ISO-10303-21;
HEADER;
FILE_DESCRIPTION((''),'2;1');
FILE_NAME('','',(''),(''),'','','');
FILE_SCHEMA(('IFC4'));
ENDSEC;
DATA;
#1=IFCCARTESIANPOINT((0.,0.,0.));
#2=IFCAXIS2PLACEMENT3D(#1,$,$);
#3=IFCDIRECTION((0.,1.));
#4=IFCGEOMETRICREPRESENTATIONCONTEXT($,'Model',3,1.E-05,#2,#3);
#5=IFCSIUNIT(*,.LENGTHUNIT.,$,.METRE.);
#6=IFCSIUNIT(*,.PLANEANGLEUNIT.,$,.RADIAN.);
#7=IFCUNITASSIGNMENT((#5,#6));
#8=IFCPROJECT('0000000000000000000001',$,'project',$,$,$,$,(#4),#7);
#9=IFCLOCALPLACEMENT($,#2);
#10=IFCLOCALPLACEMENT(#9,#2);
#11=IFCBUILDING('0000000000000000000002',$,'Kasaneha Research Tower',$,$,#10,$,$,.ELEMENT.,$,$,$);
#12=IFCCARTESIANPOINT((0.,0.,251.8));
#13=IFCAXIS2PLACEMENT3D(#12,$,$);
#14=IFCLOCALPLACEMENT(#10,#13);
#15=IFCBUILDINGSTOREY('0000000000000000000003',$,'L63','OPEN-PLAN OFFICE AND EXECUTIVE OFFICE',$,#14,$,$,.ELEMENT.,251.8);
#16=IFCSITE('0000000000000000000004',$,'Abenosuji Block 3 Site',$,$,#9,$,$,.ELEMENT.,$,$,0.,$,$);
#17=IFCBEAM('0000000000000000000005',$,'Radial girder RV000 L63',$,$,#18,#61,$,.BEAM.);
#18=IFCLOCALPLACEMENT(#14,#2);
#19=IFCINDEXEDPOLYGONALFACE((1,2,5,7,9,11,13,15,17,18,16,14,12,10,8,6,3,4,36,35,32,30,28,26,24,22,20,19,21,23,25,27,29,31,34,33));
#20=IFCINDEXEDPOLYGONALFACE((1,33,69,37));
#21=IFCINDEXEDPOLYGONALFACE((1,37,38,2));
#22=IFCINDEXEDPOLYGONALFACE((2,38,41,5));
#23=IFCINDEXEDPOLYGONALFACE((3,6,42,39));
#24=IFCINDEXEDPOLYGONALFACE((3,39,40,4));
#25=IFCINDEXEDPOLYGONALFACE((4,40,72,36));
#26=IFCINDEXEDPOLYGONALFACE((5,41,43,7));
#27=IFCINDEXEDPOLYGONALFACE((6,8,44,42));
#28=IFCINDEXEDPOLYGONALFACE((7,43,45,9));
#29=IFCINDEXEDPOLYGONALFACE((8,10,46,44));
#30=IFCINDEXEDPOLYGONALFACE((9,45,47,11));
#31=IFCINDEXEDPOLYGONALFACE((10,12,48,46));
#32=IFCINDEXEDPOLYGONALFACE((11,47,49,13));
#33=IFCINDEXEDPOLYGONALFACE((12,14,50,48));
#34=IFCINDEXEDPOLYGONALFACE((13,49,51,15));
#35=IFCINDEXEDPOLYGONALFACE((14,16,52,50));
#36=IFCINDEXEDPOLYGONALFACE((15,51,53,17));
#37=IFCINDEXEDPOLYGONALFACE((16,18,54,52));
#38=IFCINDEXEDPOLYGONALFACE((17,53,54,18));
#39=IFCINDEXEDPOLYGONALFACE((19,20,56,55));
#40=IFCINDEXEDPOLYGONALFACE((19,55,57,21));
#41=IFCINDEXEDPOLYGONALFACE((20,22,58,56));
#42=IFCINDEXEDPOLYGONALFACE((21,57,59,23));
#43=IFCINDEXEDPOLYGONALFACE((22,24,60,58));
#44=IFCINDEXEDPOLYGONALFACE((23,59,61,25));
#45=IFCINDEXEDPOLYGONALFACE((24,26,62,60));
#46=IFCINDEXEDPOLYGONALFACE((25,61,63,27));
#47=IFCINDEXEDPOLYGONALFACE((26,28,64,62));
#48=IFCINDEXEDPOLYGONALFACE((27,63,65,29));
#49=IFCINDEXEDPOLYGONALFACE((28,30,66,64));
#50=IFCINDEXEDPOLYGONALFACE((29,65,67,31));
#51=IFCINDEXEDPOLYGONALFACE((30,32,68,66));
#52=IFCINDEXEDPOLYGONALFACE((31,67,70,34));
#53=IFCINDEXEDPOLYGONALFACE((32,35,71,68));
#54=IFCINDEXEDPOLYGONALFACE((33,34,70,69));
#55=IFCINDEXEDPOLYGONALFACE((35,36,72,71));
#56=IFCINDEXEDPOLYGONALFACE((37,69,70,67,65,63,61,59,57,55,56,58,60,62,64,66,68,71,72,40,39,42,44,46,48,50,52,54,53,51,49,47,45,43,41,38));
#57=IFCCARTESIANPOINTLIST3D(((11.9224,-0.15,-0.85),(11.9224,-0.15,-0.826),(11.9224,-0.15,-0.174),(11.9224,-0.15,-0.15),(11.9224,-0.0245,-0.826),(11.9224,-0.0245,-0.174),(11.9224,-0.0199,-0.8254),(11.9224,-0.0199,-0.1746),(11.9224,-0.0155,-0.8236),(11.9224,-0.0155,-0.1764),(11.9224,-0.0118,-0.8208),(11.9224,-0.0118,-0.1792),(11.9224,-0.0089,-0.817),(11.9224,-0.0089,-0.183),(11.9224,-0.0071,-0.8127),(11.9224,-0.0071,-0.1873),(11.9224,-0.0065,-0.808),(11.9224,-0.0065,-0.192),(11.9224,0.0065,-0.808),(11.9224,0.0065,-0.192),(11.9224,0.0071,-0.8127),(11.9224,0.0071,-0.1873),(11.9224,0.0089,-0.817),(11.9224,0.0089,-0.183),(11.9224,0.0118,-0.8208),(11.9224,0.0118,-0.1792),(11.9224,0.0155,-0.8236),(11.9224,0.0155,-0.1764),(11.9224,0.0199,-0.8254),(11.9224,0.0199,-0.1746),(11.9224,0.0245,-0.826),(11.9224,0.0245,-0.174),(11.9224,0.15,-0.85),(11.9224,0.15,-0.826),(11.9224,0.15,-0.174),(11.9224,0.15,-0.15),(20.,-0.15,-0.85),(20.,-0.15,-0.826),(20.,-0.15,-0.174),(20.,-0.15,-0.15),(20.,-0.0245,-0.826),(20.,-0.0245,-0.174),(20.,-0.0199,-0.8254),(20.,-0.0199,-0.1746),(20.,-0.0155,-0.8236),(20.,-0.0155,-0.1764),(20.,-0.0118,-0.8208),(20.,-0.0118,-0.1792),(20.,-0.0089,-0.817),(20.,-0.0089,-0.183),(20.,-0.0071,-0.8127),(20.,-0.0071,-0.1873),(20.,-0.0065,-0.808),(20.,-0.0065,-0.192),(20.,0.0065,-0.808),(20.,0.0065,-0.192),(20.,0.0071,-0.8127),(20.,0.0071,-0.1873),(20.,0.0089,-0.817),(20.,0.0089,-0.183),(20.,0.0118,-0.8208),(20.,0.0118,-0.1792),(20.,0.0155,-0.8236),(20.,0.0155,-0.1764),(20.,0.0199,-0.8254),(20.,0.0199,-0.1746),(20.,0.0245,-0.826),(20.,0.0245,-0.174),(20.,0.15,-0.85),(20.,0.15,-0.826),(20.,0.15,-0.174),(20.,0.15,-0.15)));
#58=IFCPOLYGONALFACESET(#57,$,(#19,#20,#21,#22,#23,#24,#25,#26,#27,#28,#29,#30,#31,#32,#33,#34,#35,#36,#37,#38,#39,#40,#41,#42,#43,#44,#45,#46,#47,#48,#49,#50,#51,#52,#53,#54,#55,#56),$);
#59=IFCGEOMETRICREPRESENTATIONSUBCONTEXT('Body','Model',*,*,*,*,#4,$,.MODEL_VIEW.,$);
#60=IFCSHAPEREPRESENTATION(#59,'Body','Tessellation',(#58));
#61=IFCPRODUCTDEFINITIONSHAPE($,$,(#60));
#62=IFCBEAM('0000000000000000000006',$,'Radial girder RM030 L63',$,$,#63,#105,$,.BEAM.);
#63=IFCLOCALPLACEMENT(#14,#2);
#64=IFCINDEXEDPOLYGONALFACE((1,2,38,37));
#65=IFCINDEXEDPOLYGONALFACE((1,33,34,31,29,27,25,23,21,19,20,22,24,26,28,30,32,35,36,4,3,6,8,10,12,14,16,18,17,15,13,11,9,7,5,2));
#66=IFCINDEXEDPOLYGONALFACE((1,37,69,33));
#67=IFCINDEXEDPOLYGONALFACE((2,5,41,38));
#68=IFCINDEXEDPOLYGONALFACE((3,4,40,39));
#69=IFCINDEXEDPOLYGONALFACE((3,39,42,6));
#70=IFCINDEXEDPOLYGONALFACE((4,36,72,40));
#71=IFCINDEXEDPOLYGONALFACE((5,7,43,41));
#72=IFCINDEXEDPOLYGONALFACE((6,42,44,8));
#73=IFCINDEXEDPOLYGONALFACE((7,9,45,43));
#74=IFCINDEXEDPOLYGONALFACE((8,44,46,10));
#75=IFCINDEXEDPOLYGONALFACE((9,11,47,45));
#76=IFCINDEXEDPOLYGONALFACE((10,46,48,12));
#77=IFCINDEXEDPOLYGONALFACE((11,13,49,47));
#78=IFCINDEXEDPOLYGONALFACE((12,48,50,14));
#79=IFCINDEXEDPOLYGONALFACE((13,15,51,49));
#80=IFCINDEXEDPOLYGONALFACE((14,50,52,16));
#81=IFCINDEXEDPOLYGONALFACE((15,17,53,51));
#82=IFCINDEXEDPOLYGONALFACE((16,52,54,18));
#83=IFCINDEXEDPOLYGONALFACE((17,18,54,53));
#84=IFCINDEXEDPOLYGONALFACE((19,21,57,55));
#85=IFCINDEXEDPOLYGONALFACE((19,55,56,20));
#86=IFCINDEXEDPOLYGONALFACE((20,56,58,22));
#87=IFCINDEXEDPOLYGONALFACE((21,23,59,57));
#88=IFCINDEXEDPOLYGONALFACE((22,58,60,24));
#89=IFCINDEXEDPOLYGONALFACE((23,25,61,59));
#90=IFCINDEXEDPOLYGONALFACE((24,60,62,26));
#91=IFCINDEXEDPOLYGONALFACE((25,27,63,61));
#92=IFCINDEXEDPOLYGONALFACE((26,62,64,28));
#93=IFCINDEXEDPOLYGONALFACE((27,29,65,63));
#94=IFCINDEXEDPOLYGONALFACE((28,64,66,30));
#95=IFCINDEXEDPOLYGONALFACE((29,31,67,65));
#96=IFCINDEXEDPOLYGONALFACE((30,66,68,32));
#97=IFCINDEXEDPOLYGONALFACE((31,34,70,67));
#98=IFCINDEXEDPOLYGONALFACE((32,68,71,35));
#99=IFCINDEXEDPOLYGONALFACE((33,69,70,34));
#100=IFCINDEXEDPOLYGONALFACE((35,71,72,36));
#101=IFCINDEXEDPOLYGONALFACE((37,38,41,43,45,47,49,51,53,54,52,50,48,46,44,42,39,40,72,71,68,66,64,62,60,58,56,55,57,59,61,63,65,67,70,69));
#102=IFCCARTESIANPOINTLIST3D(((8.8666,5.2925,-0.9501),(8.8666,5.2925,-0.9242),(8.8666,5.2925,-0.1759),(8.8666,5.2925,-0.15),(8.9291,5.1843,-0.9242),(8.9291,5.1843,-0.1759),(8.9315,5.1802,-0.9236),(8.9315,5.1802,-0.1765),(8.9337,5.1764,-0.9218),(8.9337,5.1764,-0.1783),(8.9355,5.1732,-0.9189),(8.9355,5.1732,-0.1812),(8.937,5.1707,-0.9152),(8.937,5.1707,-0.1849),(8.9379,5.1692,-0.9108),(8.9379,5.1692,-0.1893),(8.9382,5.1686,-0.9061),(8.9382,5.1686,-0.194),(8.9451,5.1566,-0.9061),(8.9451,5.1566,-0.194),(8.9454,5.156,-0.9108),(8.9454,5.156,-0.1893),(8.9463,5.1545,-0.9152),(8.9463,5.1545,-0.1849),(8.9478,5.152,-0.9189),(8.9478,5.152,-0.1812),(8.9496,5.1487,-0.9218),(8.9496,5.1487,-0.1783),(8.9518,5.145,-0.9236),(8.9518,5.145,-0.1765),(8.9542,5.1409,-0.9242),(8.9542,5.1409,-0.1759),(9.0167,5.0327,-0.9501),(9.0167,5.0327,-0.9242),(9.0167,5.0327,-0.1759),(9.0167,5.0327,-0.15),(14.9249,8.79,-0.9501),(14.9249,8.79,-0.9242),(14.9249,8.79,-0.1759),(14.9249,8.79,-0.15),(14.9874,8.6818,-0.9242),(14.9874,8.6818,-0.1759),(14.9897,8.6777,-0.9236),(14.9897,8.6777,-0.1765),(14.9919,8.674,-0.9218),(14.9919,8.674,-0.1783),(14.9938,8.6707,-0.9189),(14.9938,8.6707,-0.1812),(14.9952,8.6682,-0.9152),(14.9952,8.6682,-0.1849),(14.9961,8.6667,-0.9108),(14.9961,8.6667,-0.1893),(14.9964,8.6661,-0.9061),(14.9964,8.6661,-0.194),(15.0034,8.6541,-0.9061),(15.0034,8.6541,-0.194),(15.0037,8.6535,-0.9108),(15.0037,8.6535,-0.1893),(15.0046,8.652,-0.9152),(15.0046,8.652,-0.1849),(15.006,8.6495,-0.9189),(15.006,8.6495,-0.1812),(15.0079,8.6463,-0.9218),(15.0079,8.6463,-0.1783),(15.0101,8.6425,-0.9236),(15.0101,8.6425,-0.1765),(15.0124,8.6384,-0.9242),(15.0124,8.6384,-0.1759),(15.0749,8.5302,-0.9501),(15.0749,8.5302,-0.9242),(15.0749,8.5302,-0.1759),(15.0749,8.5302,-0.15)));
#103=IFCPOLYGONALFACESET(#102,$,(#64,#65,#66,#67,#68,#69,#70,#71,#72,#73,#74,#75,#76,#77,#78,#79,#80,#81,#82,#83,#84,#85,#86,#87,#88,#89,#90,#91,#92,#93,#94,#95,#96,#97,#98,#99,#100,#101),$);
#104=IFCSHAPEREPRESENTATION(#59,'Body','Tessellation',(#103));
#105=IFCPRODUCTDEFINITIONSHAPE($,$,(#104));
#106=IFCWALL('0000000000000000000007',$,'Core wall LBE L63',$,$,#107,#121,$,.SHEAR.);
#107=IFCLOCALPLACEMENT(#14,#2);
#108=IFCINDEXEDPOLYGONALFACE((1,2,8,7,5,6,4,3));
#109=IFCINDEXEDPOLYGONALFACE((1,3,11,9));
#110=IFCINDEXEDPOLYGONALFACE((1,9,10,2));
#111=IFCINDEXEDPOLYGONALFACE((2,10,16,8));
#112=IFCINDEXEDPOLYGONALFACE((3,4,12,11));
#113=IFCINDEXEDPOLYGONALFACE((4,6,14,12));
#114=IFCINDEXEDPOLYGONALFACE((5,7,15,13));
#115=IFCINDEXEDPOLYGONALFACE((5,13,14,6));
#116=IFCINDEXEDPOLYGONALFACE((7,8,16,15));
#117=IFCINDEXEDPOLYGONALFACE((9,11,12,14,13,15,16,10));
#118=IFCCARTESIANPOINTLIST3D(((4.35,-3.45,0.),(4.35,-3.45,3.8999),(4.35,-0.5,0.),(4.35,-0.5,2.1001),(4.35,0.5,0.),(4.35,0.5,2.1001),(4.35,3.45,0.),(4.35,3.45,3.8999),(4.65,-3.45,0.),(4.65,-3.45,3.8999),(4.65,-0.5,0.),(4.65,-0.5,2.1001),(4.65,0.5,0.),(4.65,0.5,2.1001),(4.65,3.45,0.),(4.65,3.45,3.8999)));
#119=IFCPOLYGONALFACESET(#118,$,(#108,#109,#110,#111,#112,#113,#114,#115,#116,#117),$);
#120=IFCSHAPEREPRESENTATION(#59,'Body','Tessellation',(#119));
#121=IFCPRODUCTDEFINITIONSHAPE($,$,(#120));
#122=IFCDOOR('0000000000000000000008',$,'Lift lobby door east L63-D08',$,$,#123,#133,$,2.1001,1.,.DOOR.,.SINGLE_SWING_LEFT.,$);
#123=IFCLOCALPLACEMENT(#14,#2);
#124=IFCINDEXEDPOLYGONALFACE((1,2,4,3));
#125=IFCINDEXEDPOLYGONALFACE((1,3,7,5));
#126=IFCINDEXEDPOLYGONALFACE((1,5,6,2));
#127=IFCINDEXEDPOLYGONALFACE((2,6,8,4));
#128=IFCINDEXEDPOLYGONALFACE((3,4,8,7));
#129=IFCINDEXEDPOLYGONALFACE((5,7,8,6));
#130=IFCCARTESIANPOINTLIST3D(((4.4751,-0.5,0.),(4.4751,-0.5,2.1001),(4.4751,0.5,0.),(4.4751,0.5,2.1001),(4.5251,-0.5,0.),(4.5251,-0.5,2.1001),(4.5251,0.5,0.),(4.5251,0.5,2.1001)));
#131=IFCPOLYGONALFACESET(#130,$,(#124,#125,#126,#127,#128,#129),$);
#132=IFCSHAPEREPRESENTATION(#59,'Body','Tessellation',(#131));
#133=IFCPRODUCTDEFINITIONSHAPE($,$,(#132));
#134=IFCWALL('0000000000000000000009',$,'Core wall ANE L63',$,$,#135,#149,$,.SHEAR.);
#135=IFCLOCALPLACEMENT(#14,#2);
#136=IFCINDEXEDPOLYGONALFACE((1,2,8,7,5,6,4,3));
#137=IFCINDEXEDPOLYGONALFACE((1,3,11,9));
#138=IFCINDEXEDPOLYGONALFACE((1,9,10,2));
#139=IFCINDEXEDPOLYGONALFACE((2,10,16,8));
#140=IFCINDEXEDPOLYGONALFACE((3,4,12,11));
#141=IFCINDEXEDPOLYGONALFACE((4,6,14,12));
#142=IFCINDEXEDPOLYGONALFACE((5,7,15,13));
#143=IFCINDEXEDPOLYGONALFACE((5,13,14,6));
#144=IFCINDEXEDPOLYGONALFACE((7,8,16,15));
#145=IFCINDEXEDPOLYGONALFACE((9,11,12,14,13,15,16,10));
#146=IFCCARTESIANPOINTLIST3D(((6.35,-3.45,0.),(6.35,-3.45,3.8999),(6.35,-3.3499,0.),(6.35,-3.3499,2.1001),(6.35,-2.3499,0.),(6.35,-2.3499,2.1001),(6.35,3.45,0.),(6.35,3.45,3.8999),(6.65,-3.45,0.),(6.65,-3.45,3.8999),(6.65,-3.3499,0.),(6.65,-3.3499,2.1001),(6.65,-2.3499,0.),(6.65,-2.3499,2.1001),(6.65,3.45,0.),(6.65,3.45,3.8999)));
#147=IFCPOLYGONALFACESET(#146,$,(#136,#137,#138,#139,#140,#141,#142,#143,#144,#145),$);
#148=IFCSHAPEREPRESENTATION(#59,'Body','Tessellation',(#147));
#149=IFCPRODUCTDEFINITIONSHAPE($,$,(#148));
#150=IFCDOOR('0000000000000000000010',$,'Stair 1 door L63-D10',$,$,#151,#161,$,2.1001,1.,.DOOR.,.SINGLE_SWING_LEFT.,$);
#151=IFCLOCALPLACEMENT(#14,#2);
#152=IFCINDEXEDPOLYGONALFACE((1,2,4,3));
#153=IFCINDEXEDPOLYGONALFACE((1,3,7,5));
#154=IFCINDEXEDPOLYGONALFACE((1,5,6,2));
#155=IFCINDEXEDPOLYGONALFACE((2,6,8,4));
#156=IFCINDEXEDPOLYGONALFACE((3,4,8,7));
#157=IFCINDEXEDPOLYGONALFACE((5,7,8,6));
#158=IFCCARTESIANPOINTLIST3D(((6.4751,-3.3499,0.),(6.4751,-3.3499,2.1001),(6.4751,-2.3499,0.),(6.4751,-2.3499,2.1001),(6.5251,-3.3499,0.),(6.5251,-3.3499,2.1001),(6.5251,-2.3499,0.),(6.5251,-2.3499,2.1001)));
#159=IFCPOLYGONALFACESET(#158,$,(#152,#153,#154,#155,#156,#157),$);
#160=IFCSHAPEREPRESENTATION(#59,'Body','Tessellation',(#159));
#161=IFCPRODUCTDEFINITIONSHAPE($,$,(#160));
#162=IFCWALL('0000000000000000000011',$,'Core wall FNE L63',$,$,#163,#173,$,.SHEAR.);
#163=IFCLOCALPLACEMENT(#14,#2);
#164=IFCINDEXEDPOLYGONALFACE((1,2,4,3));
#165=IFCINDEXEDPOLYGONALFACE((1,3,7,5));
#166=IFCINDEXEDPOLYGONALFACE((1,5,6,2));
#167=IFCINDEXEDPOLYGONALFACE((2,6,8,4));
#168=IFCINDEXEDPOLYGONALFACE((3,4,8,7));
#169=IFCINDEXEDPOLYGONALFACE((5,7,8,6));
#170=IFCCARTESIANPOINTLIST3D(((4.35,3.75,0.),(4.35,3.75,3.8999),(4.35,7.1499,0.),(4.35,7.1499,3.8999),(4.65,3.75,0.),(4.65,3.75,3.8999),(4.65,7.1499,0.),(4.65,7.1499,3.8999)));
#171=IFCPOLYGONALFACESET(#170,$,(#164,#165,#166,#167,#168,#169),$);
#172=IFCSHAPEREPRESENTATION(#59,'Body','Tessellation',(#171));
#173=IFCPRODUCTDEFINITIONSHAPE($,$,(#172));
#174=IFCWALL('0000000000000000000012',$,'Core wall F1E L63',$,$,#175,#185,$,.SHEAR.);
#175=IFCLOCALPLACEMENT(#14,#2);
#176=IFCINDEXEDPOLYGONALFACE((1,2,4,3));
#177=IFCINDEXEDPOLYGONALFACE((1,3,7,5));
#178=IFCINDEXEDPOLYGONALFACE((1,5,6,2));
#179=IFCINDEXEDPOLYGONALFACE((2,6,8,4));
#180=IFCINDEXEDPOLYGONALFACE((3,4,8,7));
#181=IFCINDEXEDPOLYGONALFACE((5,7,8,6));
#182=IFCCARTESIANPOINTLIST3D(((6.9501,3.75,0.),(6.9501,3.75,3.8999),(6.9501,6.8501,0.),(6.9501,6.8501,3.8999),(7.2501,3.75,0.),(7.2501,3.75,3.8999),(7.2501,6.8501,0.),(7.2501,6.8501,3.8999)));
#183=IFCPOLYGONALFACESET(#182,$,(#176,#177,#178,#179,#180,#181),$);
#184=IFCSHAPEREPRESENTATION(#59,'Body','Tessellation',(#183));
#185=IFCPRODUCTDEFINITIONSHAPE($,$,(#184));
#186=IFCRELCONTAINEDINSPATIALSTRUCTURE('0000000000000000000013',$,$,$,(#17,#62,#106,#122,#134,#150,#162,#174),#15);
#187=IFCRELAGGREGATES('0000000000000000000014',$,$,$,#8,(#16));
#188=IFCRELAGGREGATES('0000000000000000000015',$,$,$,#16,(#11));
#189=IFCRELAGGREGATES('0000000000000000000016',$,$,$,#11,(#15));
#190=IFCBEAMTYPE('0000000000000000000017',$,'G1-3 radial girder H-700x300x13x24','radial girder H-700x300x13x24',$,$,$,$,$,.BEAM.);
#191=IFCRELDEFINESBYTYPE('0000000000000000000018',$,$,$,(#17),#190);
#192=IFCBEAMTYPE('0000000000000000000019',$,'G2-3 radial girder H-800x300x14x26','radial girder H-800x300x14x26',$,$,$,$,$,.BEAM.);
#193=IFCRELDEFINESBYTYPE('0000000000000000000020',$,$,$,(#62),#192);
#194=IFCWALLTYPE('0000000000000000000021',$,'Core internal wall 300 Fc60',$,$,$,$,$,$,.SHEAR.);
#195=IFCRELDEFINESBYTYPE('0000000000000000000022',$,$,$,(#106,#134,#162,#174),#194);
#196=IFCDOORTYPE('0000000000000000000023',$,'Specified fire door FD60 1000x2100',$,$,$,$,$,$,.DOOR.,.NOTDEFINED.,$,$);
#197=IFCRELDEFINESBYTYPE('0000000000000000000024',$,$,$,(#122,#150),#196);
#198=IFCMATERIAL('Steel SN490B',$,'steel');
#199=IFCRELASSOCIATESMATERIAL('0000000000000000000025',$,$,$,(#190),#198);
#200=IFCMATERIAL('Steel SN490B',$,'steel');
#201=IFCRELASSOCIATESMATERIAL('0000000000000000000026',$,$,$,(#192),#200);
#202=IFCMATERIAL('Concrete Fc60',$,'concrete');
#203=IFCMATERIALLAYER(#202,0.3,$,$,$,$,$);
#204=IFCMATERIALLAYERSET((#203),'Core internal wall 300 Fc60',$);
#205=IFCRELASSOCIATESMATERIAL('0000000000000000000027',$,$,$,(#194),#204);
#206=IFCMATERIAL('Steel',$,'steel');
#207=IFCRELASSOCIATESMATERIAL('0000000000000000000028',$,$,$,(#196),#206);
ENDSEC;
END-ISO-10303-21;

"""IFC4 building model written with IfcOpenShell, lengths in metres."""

from ifc_helpers import new_model, si_unit, direction, frame, frame_2d, origin, origin_2d, place, context, subcontext, project, spatial, rectangle, i_section, extrude, material, layer, layer_set, material_profile, profile_set, type_object, element, fill, save


model = new_model("IFC4")

# Units and contexts
model_context = context("Model", 3, precision=1e-05, world=origin(), true_north=direction((0.0, 1.0)))
body_context = subcontext(model_context, "Body", "Model", "MODEL_VIEW")
ifc_project = project(units=[si_unit("LENGTHUNIT", "METRE"), si_unit("PLANEANGLEUNIT", "RADIAN")], contexts=[model_context])

# Site, building, storey
site_placement = place(None, origin())
site = spatial("IfcSite", under=ifc_project, at=site_placement, Name="Abenosuji Block 3 Site", CompositionType="ELEMENT", RefElevation=0.0)
building_placement = place(site_placement, origin())
building = spatial("IfcBuilding", under=site, at=building_placement, Name="Kasaneha Research Tower", CompositionType="ELEMENT")
storey_placement = place(building_placement, frame((0.0, 0.0, 251.8)))
storey = spatial("IfcBuildingStorey", under=building, at=storey_placement, Name="L63", Description="OPEN-PLAN OFFICE AND EXECUTIVE OFFICE", CompositionType="ELEMENT", Elevation=251.8)

# Beams
ifc_material_1 = material(Name="Steel SN490B", Category="steel")
ifc_material_profile_1 = material_profile(ifc_material_1, i_section(OverallWidth=0.3, OverallDepth=0.7, WebThickness=0.0129, FlangeThickness=0.0239, FilletRadius=0.0181, at=origin_2d()), Name="H-700x300x13x24")
ifc_profile_set_1 = profile_set([ifc_material_profile_1], Name="Steel SN490B")
beam_type_1 = type_object("IfcBeamType", Name="G1-3 radial girder H-700x300x13x24", Description="radial girder H-700x300x13x24", PredefinedType="BEAM", material=ifc_profile_set_1)
beam_1_placement = place(storey_placement, frame((11.9224, 0.0, -0.5), z_axis=(1.0, 0.0, 0.0), x_axis=(0.0, 1.0, 0.0)))
element("IfcBeam", 1, at=beam_1_placement, inside=storey, type_object=beam_type_1, Name="Radial girder RV000 L63", PredefinedType="BEAM", context=body_context, shape_type="SweptSolid", body=[
    extrude(i_section(OverallWidth=0.3, OverallDepth=0.7, WebThickness=0.0129, FlangeThickness=0.0239, FilletRadius=0.0181, at=origin_2d()), origin(), (0.0, 0.0, 1.0), 8.0776),
])
ifc_material_2 = material(Name="Steel SN490B", Category="steel")
ifc_material_profile_2 = material_profile(ifc_material_2, i_section(OverallWidth=0.3, OverallDepth=0.8, WebThickness=0.0139, FlangeThickness=0.0259, FilletRadius=0.0181, at=origin_2d()), Name="H-800x300x14x26")
ifc_profile_set_2 = profile_set([ifc_material_profile_2], Name="Steel SN490B")
beam_type_2 = type_object("IfcBeamType", Name="G2-3 radial girder H-800x300x14x26", Description="radial girder H-800x300x14x26", PredefinedType="BEAM", material=ifc_profile_set_2)
beam_2_placement = place(storey_placement, frame((8.9417, 5.1626, -0.55), z_axis=(0.86604, 0.499975, 0.0), x_axis=(-0.499975, 0.86604, 0.0)))
element("IfcBeam", 2, at=beam_2_placement, inside=storey, type_object=beam_type_2, Name="Radial girder RM030 L63", PredefinedType="BEAM", context=body_context, shape_type="SweptSolid", body=[
    extrude(i_section(OverallWidth=0.3, OverallDepth=0.8, WebThickness=0.0139, FlangeThickness=0.0259, FilletRadius=0.0181, at=origin_2d()), origin(), (0.0, 0.0, 1.0), 6.9954),
])

# Walls, openings, doors
ifc_material_3 = material(Name="Concrete Fc60", Category="concrete")
ifc_layer_1 = layer(ifc_material_3, 0.3)
ifc_layer_set_1 = layer_set([ifc_layer_1], Name="Core internal wall 300 Fc60")
wall_type_1 = type_object("IfcWallType", Name="Core internal wall 300 Fc60", PredefinedType="SHEAR", material=ifc_layer_set_1)
wall_1_placement = place(storey_placement, frame((4.5, -3.45, 0.0), z_axis=(0.0, 0.0, 1.0), x_axis=(0.0, 1.0, 0.0)))
wall_1 = element("IfcWall", 3, at=wall_1_placement, inside=storey, type_object=wall_type_1, Name="Core wall LBE L63", PredefinedType="SHEAR", context=body_context, shape_type="SweptSolid", body=[
    extrude(rectangle(XDim=6.8999, YDim=0.3, at=frame_2d((3.45, 0.0))), origin(), (0.0, 0.0, 1.0), 3.8999),
])
opening_1_placement = place(wall_1_placement, frame((2.95, 0.0, 0.0)))
opening_1 = element("IfcOpeningElement", 4, at=opening_1_placement, cuts=wall_1, PredefinedType="OPENING", context=body_context, shape_type="SweptSolid", body=[
    extrude(rectangle(XDim=1.0, YDim=2.1001, at=frame_2d((0.5, 1.05))), frame((0.0, 0.1602, 0.0), z_axis=(0.0, -1.0, 0.0), x_axis=(1.0, 0.0, 0.0)), (0.0, 0.0, 1.0), 0.3201),
])
ifc_material_4 = material(Name="Steel", Category="steel")
door_type_1 = type_object("IfcDoorType", Name="Specified fire door FD60 1000x2100", OperationType="NOTDEFINED", PredefinedType="DOOR", material=ifc_material_4)
door_1_placement = place(opening_1_placement, origin())
door_1 = element("IfcDoor", 5, at=door_1_placement, inside=storey, type_object=door_type_1, Name="Lift lobby door east L63-D08", OperationType="SINGLE_SWING_LEFT", OverallHeight=2.1001, OverallWidth=1.0, PredefinedType="DOOR", context=body_context, shape_type="SweptSolid", body=[
    extrude(rectangle(XDim=1.0, YDim=2.1001, at=frame_2d((0.5, 1.05))), frame((0.0, 0.0249, 0.0), z_axis=(0.0, -1.0, 0.0), x_axis=(1.0, 0.0, 0.0)), (0.0, 0.0, 1.0), 0.05),
])
fill(opening_1, door_1)
wall_2_placement = place(storey_placement, frame((6.5, -3.45, 0.0), z_axis=(0.0, 0.0, 1.0), x_axis=(0.0, 1.0, 0.0)))
wall_2 = element("IfcWall", 6, at=wall_2_placement, inside=storey, type_object=wall_type_1, Name="Core wall ANE L63", PredefinedType="SHEAR", context=body_context, shape_type="SweptSolid", body=[
    extrude(rectangle(XDim=6.8999, YDim=0.3, at=frame_2d((3.45, 0.0))), origin(), (0.0, 0.0, 1.0), 3.8999),
])
opening_2_placement = place(wall_2_placement, frame((0.1001, 0.0, 0.0)))
opening_2 = element("IfcOpeningElement", 7, at=opening_2_placement, cuts=wall_2, PredefinedType="OPENING", context=body_context, shape_type="SweptSolid", body=[
    extrude(rectangle(XDim=1.0, YDim=2.1001, at=frame_2d((0.5, 1.05))), frame((0.0, 0.1602, 0.0), z_axis=(0.0, -1.0, 0.0), x_axis=(1.0, 0.0, 0.0)), (0.0, 0.0, 1.0), 0.3201),
])
door_2_placement = place(opening_2_placement, origin())
door_2 = element("IfcDoor", 8, at=door_2_placement, inside=storey, type_object=door_type_1, Name="Stair 1 door L63-D10", OperationType="SINGLE_SWING_LEFT", OverallHeight=2.1001, OverallWidth=1.0, PredefinedType="DOOR", context=body_context, shape_type="SweptSolid", body=[
    extrude(rectangle(XDim=1.0, YDim=2.1001, at=frame_2d((0.5, 1.05))), frame((0.0, 0.0249, 0.0), z_axis=(0.0, -1.0, 0.0), x_axis=(1.0, 0.0, 0.0)), (0.0, 0.0, 1.0), 0.05),
])
fill(opening_2, door_2)

# Walls
wall_3_placement = place(storey_placement, frame((4.5, 3.75, 0.0), z_axis=(0.0, 0.0, 1.0), x_axis=(0.0, 1.0, 0.0)))
element("IfcWall", 9, at=wall_3_placement, inside=storey, type_object=wall_type_1, Name="Core wall FNE L63", PredefinedType="SHEAR", context=body_context, shape_type="SweptSolid", body=[
    extrude(rectangle(XDim=3.3999, YDim=0.3, at=frame_2d((1.7, 0.0))), origin(), (0.0, 0.0, 1.0), 3.8999),
])
wall_4_placement = place(storey_placement, frame((7.1001, 3.75, 0.0), z_axis=(0.0, 0.0, 1.0), x_axis=(0.0, 1.0, 0.0)))
element("IfcWall", 10, at=wall_4_placement, inside=storey, type_object=wall_type_1, Name="Core wall F1E L63", PredefinedType="SHEAR", context=body_context, shape_type="SweptSolid", body=[
    extrude(rectangle(XDim=3.1001, YDim=0.3, at=frame_2d((1.55, 0.0))), origin(), (0.0, 0.0, 1.0), 3.8999),
])

save(model, "model.ifc")
